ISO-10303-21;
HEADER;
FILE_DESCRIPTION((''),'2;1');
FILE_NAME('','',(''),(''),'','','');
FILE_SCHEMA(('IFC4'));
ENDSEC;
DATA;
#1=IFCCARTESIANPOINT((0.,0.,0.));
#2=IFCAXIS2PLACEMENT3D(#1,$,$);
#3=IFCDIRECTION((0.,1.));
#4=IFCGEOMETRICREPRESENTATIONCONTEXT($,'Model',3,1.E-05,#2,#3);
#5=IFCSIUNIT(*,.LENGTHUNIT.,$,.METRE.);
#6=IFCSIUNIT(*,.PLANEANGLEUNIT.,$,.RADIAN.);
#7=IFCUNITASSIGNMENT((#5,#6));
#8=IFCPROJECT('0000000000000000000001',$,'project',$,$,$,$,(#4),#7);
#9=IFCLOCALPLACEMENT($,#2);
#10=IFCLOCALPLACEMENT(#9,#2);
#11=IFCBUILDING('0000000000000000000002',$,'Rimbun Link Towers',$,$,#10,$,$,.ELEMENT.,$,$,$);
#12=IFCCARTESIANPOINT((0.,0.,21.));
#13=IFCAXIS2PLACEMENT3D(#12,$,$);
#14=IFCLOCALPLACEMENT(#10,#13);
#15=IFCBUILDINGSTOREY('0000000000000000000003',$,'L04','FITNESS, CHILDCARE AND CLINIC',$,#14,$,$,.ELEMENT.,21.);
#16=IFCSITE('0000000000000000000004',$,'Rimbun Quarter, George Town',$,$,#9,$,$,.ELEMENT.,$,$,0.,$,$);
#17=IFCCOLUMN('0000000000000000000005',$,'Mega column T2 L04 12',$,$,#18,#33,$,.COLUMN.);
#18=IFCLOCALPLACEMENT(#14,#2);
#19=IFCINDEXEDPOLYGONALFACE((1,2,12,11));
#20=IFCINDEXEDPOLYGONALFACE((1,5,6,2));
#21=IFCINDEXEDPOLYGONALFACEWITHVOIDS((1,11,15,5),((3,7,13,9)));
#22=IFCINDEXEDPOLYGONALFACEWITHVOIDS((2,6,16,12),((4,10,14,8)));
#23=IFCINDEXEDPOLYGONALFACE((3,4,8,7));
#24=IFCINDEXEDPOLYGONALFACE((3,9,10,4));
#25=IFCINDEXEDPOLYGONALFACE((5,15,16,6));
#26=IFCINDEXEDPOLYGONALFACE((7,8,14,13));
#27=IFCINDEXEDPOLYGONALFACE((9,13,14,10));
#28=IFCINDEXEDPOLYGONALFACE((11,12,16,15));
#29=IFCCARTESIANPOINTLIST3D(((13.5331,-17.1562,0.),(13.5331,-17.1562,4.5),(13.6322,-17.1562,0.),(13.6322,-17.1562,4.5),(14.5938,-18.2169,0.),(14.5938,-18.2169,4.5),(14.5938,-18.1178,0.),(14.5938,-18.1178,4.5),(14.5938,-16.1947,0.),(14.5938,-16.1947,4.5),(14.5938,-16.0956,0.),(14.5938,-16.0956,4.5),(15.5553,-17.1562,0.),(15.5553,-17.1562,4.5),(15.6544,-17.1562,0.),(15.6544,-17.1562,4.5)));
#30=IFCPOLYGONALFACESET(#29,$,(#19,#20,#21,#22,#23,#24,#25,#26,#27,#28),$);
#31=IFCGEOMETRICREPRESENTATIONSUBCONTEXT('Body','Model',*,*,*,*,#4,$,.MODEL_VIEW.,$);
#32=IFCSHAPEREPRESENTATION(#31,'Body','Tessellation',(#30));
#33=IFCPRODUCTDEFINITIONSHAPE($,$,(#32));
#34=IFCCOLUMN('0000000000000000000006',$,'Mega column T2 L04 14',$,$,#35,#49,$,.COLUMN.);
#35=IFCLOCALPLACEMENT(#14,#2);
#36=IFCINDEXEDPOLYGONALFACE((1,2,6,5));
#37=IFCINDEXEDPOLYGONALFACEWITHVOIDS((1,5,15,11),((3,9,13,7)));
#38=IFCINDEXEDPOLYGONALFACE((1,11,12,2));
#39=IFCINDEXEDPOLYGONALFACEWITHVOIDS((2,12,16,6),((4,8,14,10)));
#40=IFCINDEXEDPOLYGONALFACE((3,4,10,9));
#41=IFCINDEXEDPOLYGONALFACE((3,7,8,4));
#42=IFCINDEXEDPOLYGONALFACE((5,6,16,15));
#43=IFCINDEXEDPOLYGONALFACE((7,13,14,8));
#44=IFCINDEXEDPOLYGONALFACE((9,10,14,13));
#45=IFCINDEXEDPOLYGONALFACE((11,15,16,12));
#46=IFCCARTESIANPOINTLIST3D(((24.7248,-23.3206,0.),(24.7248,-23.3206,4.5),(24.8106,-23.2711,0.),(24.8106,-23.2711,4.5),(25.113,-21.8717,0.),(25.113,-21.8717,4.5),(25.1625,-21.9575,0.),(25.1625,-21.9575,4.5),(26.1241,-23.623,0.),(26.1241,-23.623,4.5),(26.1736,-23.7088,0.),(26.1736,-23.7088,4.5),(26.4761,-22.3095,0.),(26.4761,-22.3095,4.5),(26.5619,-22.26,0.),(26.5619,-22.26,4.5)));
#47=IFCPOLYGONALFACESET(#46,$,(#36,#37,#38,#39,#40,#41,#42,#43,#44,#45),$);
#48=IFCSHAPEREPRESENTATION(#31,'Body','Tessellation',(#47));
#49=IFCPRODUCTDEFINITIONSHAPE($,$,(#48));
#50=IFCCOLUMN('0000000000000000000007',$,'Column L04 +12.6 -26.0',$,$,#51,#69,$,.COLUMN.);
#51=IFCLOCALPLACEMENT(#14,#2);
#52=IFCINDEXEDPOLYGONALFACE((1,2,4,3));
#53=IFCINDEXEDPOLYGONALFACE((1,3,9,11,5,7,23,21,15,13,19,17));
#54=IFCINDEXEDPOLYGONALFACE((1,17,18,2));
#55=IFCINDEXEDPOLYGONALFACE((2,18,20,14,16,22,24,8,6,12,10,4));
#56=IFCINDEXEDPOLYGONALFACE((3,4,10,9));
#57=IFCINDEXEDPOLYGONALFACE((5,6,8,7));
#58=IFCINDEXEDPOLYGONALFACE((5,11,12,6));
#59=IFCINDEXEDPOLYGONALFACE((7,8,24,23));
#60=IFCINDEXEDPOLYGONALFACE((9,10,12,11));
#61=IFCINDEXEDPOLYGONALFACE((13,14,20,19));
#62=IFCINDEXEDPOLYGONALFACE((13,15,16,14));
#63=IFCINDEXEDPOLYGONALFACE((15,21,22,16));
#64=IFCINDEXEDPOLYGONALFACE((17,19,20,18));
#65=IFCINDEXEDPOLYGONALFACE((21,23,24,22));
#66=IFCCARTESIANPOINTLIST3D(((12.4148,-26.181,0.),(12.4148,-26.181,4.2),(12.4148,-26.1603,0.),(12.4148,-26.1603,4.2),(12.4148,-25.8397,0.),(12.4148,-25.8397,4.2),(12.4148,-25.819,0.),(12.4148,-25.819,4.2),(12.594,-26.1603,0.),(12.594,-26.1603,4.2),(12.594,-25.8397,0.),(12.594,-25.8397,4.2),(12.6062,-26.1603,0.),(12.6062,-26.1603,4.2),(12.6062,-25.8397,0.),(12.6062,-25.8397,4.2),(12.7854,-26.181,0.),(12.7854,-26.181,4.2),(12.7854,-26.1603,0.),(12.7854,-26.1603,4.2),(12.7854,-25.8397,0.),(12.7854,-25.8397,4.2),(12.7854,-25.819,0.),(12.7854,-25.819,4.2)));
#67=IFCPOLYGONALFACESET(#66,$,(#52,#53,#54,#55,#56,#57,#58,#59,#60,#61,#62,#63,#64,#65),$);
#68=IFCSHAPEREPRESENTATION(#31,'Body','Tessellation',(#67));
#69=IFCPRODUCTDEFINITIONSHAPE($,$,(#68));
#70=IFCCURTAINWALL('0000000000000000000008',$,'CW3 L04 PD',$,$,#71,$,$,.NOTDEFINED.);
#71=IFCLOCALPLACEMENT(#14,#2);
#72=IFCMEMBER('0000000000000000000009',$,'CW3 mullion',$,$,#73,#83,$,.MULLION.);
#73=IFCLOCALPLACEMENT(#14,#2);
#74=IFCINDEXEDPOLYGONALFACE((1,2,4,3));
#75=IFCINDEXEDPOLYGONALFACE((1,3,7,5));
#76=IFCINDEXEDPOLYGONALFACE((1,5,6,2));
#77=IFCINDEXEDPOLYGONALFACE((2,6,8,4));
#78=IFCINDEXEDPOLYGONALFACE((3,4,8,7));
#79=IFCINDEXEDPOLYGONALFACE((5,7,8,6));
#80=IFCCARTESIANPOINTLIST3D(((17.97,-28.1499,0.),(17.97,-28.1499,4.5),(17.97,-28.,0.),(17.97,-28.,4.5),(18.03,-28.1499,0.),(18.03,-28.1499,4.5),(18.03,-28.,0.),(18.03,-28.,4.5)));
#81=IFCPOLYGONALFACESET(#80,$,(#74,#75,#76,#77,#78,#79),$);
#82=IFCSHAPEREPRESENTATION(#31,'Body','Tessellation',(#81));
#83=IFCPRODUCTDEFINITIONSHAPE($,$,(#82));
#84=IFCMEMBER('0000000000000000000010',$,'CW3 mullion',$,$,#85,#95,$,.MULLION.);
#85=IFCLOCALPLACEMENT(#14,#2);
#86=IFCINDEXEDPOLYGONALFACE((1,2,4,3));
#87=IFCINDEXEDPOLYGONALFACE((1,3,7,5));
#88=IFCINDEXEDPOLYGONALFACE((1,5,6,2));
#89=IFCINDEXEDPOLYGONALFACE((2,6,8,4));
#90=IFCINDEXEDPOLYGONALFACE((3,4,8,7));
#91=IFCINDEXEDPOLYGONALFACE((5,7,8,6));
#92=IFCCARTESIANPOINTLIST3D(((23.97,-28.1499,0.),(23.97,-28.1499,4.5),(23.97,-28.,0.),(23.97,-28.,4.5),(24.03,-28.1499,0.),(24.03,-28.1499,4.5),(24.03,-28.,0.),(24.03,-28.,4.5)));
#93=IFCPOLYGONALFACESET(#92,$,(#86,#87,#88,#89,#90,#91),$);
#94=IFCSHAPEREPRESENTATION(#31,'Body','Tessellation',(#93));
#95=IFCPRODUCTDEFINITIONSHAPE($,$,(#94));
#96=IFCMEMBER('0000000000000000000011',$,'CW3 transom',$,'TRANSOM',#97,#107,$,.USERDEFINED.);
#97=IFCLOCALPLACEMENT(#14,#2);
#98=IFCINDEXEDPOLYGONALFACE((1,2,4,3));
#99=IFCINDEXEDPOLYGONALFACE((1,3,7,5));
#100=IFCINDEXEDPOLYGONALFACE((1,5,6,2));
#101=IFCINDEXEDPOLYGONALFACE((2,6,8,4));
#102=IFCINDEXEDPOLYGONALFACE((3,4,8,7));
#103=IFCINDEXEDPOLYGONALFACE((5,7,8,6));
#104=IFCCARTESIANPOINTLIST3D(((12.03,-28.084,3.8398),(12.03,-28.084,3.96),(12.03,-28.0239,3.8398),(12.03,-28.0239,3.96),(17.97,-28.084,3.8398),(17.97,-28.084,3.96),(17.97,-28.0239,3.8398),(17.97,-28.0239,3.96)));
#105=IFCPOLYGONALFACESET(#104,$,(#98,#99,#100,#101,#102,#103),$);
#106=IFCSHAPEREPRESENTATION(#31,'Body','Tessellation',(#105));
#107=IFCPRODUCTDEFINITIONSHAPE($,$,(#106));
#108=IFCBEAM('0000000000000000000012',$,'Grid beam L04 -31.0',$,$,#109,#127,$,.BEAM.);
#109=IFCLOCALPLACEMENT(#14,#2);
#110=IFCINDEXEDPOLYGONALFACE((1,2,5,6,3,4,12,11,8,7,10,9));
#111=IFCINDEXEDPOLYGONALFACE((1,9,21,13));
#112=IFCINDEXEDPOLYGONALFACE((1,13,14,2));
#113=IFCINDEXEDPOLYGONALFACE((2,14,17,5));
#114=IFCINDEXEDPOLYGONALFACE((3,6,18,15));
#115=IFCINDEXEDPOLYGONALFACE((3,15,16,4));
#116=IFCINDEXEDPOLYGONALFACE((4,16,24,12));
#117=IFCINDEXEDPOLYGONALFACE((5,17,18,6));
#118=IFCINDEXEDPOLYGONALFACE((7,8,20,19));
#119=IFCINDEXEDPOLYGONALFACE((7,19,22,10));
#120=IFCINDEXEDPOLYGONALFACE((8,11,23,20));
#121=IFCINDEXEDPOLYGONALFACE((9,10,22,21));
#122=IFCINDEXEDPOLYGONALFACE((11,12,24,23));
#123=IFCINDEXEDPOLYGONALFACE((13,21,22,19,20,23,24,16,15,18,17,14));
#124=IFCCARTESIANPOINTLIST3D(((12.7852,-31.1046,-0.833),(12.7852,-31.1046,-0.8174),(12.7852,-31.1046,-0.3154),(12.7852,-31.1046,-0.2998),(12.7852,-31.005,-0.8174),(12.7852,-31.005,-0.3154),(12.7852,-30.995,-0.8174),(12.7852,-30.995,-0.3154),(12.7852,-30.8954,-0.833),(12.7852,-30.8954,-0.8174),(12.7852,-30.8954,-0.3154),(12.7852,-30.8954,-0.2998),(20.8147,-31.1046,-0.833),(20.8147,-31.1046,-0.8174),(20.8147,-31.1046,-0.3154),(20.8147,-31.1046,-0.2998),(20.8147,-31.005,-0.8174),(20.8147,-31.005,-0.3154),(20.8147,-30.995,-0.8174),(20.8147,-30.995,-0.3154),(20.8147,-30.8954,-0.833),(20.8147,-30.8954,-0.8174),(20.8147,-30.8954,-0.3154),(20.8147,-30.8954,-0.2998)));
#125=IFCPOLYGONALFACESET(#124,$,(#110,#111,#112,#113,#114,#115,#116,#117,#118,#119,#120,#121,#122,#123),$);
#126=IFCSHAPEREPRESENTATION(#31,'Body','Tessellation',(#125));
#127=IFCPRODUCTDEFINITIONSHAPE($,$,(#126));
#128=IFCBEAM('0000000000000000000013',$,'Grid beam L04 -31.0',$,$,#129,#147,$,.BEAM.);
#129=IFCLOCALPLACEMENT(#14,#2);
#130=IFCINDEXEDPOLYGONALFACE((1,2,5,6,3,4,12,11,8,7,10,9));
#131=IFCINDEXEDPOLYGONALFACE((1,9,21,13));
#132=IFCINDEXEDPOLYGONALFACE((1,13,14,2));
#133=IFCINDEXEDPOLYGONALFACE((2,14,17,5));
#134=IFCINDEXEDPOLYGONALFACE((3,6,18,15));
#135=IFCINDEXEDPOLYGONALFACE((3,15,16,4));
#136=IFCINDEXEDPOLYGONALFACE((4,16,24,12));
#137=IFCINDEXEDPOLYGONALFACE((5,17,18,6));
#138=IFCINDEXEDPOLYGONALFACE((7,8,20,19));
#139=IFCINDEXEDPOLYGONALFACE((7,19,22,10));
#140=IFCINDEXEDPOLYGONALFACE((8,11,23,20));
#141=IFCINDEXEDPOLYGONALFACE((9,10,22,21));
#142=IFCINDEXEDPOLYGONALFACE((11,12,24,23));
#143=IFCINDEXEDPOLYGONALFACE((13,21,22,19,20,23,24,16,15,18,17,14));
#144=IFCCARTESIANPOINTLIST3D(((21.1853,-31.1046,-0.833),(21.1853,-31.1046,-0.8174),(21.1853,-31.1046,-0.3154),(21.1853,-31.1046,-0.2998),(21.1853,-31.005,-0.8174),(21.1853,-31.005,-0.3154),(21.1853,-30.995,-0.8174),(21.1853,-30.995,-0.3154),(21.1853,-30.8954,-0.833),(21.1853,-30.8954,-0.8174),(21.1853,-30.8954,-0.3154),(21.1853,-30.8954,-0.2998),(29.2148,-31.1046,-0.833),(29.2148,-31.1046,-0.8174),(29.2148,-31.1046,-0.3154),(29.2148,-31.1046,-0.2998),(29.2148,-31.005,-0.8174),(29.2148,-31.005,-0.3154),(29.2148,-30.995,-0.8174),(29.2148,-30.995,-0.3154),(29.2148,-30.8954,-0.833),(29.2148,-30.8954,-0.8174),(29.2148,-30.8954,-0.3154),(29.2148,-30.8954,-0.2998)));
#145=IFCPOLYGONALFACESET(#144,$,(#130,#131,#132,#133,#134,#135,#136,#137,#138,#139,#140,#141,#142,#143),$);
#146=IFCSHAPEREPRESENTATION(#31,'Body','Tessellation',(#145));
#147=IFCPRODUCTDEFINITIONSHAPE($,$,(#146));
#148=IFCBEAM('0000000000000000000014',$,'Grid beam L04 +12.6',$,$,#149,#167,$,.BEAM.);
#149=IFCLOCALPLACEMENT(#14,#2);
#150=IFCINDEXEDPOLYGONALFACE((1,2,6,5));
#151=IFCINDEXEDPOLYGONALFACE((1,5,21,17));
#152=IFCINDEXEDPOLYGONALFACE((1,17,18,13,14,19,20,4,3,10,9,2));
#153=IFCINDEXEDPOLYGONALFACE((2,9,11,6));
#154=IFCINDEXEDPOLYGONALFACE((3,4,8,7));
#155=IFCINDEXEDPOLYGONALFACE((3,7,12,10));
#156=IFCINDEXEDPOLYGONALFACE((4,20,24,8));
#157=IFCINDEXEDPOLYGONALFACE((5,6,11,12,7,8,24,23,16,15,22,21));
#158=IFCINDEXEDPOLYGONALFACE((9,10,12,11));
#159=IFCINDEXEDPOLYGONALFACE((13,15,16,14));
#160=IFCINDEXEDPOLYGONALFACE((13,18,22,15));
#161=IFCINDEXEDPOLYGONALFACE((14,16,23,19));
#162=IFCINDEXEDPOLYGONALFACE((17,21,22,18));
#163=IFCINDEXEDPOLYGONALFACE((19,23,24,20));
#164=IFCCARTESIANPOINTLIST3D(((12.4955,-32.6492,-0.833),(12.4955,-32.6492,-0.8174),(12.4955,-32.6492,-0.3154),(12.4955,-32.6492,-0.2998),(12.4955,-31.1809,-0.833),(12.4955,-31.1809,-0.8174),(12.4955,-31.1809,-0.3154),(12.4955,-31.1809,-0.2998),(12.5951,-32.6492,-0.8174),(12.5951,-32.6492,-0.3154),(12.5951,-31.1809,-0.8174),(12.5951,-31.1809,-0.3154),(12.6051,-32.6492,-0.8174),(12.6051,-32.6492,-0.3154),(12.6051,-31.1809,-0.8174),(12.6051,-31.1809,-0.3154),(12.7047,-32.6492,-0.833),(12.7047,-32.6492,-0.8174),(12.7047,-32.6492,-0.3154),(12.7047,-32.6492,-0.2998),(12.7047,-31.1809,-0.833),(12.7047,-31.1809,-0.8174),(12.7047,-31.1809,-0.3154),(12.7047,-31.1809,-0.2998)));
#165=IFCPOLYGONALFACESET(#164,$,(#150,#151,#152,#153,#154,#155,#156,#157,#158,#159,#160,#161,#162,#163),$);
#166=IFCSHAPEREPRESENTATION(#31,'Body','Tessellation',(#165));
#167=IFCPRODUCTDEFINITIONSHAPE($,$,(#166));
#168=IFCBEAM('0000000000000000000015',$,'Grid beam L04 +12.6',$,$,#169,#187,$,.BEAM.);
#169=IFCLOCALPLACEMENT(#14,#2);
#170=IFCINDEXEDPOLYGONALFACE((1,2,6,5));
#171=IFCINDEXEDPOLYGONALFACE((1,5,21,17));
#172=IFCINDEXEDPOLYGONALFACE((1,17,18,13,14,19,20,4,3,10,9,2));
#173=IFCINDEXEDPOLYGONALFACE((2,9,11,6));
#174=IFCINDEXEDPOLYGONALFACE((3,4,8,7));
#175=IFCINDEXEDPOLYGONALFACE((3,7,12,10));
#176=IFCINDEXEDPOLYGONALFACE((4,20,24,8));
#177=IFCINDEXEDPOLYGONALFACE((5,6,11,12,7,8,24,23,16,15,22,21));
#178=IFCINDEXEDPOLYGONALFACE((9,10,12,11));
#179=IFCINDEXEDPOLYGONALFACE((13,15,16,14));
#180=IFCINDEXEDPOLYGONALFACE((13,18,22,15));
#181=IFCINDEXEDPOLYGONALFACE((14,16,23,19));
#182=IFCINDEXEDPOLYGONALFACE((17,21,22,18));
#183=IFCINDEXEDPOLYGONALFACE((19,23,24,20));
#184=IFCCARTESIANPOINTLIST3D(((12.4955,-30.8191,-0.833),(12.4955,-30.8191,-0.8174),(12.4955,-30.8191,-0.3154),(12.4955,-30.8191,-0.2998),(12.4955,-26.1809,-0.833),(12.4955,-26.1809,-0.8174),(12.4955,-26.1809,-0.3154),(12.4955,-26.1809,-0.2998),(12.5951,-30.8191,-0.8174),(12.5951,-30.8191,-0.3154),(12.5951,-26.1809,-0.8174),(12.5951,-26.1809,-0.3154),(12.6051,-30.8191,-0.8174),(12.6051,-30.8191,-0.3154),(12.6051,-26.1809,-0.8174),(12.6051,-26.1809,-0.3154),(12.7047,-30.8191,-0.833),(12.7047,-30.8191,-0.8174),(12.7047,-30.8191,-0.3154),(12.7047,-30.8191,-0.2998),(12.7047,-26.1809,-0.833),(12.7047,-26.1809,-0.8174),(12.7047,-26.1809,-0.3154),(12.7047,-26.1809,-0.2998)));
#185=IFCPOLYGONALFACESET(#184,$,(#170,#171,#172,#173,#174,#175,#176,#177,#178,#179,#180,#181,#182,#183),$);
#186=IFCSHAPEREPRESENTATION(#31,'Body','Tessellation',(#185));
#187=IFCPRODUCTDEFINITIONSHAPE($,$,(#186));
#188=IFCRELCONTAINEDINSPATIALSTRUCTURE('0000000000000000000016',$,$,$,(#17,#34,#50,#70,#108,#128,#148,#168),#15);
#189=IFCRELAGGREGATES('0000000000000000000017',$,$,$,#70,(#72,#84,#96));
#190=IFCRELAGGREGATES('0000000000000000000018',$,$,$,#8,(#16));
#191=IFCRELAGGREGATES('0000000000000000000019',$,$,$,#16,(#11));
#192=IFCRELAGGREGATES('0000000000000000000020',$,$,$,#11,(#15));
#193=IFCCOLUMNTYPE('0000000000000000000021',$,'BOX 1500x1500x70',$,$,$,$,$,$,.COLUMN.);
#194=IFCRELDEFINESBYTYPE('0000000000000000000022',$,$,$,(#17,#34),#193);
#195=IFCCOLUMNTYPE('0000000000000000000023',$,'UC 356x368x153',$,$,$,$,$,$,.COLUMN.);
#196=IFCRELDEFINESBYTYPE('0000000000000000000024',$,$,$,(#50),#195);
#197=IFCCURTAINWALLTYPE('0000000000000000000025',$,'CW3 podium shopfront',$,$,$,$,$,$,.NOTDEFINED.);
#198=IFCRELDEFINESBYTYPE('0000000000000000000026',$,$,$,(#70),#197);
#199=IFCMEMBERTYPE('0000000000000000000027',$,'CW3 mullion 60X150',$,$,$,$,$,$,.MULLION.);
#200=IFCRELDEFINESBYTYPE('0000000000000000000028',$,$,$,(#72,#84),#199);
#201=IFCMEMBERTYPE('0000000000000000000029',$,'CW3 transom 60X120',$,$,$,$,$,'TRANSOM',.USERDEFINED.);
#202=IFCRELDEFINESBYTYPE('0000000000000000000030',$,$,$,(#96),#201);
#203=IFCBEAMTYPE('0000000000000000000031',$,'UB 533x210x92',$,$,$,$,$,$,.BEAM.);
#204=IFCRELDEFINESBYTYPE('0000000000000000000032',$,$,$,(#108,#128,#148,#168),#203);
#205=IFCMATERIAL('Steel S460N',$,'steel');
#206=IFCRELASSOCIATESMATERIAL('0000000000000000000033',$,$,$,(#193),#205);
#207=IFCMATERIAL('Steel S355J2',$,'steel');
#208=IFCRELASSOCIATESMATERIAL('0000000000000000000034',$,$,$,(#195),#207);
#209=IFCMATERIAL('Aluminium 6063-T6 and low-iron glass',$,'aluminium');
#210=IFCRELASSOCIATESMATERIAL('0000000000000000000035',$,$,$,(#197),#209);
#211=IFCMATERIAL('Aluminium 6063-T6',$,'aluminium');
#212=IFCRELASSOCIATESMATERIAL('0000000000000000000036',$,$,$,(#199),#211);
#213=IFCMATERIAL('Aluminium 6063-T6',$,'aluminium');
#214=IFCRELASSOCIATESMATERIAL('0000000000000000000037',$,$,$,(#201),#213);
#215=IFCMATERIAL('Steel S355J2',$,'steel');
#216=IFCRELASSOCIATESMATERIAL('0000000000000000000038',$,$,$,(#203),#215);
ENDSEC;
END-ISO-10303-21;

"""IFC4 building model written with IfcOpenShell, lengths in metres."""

from ifc_helpers import new_model, si_unit, direction, frame, origin, origin_2d, place, context, subcontext, project, spatial, rectangle, hollow_rectangle, i_section, extrude, material, material_profile, profile_set, type_object, element, aggregate, save


model = new_model("IFC4")

# Units and contexts
model_context = context("Model", 3, precision=1e-05, world=origin(), true_north=direction((0.0, 1.0)))
body_context = subcontext(model_context, "Body", "Model", "MODEL_VIEW")
ifc_project = project(units=[si_unit("LENGTHUNIT", "METRE"), si_unit("PLANEANGLEUNIT", "RADIAN")], contexts=[model_context])

# Site, building, storey
site_placement = place(None, origin())
site = spatial("IfcSite", under=ifc_project, at=site_placement, Name="Rimbun Quarter, George Town", CompositionType="ELEMENT", RefElevation=0.0)
building_placement = place(site_placement, origin())
building = spatial("IfcBuilding", under=site, at=building_placement, Name="Rimbun Link Towers", CompositionType="ELEMENT")
storey_placement = place(building_placement, frame((0.0, 0.0, 21.0)))
storey = spatial("IfcBuildingStorey", under=building, at=storey_placement, Name="L04", Description="FITNESS, CHILDCARE AND CLINIC", CompositionType="ELEMENT", Elevation=21.0)

# Columns
ifc_material_1 = material(Name="Steel S460N", Category="steel")
ifc_material_profile_1 = material_profile(ifc_material_1, hollow_rectangle(XDim=1.5, YDim=1.5, WallThickness=0.0701, at=origin_2d()), Name="BOX 1500x1500x70")
ifc_profile_set_1 = profile_set([ifc_material_profile_1], Name="Steel S460N")
column_type_1 = type_object("IfcColumnType", Name="BOX 1500x1500x70", PredefinedType="COLUMN", material=ifc_profile_set_1)
for number, where, z_axis, x_axis, name in (
    (1, (14.5938, -17.1562, 0.0), (0.0, 0.0, 1.0), (-0.707107, -0.707107, 0.0), "Mega column T2 L04 12"),
    (2, (25.6433, -22.7903, 0.0), (0.0, 0.0, 1.0), (-0.258819, -0.965926, 0.0), "Mega column T2 L04 14"),
):
    element("IfcColumn", number, at=place(storey_placement, frame(where, z_axis=z_axis, x_axis=x_axis)), inside=storey, type_object=column_type_1, Name=name, PredefinedType="COLUMN", context=body_context, shape_type="SweptSolid", body=[
        extrude(hollow_rectangle(XDim=1.5, YDim=1.5, WallThickness=0.0701, at=origin_2d()), origin(), (0.0, 0.0, 1.0), 4.5),
    ])
ifc_material_2 = material(Name="Steel S355J2", Category="steel")
ifc_material_profile_2 = material_profile(ifc_material_2, i_section(OverallWidth=0.3706, OverallDepth=0.3621, WebThickness=0.0122, FlangeThickness=0.0208, at=origin_2d()), Name="UC 356x368x153")
ifc_profile_set_2 = profile_set([ifc_material_profile_2], Name="Steel S355J2")
column_type_2 = type_object("IfcColumnType", Name="UC 356x368x153", PredefinedType="COLUMN", material=ifc_profile_set_2)
column_placement = place(storey_placement, frame((12.6001, -26.0, 0.0), z_axis=(0.0, 0.0, 1.0), x_axis=(1.0, 0.0, 0.0)))
element("IfcColumn", 3, at=column_placement, inside=storey, type_object=column_type_2, Name="Column L04 +12.6 -26.0", PredefinedType="COLUMN", context=body_context, shape_type="SweptSolid", body=[
    extrude(i_section(OverallWidth=0.3706, OverallDepth=0.3621, WebThickness=0.0122, FlangeThickness=0.0208, at=origin_2d()), origin(), (0.0, 0.0, 1.0), 4.2),
])

# Curtain wall, members
ifc_material_3 = material(Name="Aluminium 6063-T6 and low-iron glass", Category="aluminium")
curtain_wall_type = type_object("IfcCurtainWallType", Name="CW3 podium shopfront", PredefinedType="NOTDEFINED", material=ifc_material_3)
curtain_wall_placement = place(storey_placement, origin())
curtain_wall = element("IfcCurtainWall", 4, at=curtain_wall_placement, inside=storey, type_object=curtain_wall_type, Name="CW3 L04 PD", PredefinedType="NOTDEFINED")
ifc_material_4 = material(Name="Aluminium 6063-T6", Category="aluminium")
ifc_material_profile_3 = material_profile(ifc_material_4, rectangle(XDim=0.1499, YDim=0.0601, at=origin_2d()), Name="MULLION 60X150")
ifc_profile_set_3 = profile_set([ifc_material_profile_3], Name="Aluminium 6063-T6")
member_type_1 = type_object("IfcMemberType", Name="CW3 mullion 60X150", PredefinedType="MULLION", material=ifc_profile_set_3)
member_1_placement = place(storey_placement, frame((18.0, -28.075, 0.0), z_axis=(0.0, 0.0, 1.0), x_axis=(0.0, -1.0, 0.0)))
member_1 = element("IfcMember", 5, at=member_1_placement, type_object=member_type_1, Name="CW3 mullion", PredefinedType="MULLION", context=body_context, shape_type="SweptSolid", body=[
    extrude(rectangle(XDim=0.1499, YDim=0.0601, at=origin_2d()), origin(), (0.0, 0.0, 1.0), 4.5),
])
member_2_placement = place(storey_placement, frame((24.0, -28.075, 0.0), z_axis=(0.0, 0.0, 1.0), x_axis=(0.0, -1.0, 0.0)))
member_2 = element("IfcMember", 6, at=member_2_placement, type_object=member_type_1, Name="CW3 mullion", PredefinedType="MULLION", context=body_context, shape_type="SweptSolid", body=[
    extrude(rectangle(XDim=0.1499, YDim=0.0601, at=origin_2d()), origin(), (0.0, 0.0, 1.0), 4.5),
])
ifc_material_5 = material(Name="Aluminium 6063-T6", Category="aluminium")
ifc_material_profile_4 = material_profile(ifc_material_5, rectangle(XDim=0.0601, YDim=0.1201, at=origin_2d()), Name="TRANSOM 60X120")
ifc_profile_set_4 = profile_set([ifc_material_profile_4], Name="Aluminium 6063-T6")
member_type_2 = type_object("IfcMemberType", Name="CW3 transom 60X120", ElementType="TRANSOM", PredefinedType="USERDEFINED", material=ifc_profile_set_4)
member_3_placement = place(storey_placement, frame((17.97, -28.054, 3.8999), z_axis=(-1.0, 0.0, 0.0), x_axis=(0.0, -1.0, 0.0)))
member_3 = element("IfcMember", 7, at=member_3_placement, type_object=member_type_2, Name="CW3 transom", ObjectType="TRANSOM", PredefinedType="USERDEFINED", context=body_context, shape_type="SweptSolid", body=[
    extrude(rectangle(XDim=0.0601, YDim=0.1201, at=origin_2d()), origin(), (0.0, 0.0, 1.0), 5.9399),
])

# Beams
ifc_material_6 = material(Name="Steel S355J2", Category="steel")
ifc_material_profile_5 = material_profile(ifc_material_6, i_section(OverallWidth=0.2092, OverallDepth=0.5332, WebThickness=0.01, FlangeThickness=0.0156, at=origin_2d()), Name="UB 533x210x92")
ifc_profile_set_5 = profile_set([ifc_material_profile_5], Name="Steel S355J2")
beam_type_1 = type_object("IfcBeamType", Name="UB 533x210x92", PredefinedType="BEAM", material=ifc_profile_set_5)
for number, where, z_axis, x_axis, name in (
    (8, (12.7852, -31.0, -0.5664), (1.0, 0.0, 0.0), (0.0, 1.0, 0.0), "Grid beam L04 -31.0"),
    (9, (21.1853, -31.0, -0.5664), (1.0, 0.0, 0.0), (0.0, 1.0, 0.0), "Grid beam L04 -31.0"),
):
    element("IfcBeam", number, at=place(storey_placement, frame(where, z_axis=z_axis, x_axis=x_axis)), inside=storey, type_object=beam_type_1, Name=name, PredefinedType="BEAM", context=body_context, shape_type="SweptSolid", body=[
        extrude(i_section(OverallWidth=0.2092, OverallDepth=0.5332, WebThickness=0.01, FlangeThickness=0.0156, at=origin_2d()), origin(), (0.0, 0.0, 1.0), 8.0295),
    ])
beam_1_placement = place(storey_placement, frame((12.6001, -32.6492, -0.5664), z_axis=(0.0, 1.0, 0.0), x_axis=(-1.0, 0.0, 0.0)))
element("IfcBeam", 10, at=beam_1_placement, inside=storey, type_object=beam_type_1, Name="Grid beam L04 +12.6", PredefinedType="BEAM", context=body_context, shape_type="SweptSolid", body=[
    extrude(i_section(OverallWidth=0.2092, OverallDepth=0.5332, WebThickness=0.01, FlangeThickness=0.0156, at=origin_2d()), origin(), (0.0, 0.0, 1.0), 1.4683),
])
beam_2_placement = place(storey_placement, frame((12.6001, -30.8191, -0.5664), z_axis=(0.0, 1.0, 0.0), x_axis=(-1.0, 0.0, 0.0)))
element("IfcBeam", 11, at=beam_2_placement, inside=storey, type_object=beam_type_1, Name="Grid beam L04 +12.6", PredefinedType="BEAM", context=body_context, shape_type="SweptSolid", body=[
    extrude(i_section(OverallWidth=0.2092, OverallDepth=0.5332, WebThickness=0.01, FlangeThickness=0.0156, at=origin_2d()), origin(), (0.0, 0.0, 1.0), 4.6382),
])

aggregate(curtain_wall, [member_1, member_2, member_3])

save(model, "model.ifc")
